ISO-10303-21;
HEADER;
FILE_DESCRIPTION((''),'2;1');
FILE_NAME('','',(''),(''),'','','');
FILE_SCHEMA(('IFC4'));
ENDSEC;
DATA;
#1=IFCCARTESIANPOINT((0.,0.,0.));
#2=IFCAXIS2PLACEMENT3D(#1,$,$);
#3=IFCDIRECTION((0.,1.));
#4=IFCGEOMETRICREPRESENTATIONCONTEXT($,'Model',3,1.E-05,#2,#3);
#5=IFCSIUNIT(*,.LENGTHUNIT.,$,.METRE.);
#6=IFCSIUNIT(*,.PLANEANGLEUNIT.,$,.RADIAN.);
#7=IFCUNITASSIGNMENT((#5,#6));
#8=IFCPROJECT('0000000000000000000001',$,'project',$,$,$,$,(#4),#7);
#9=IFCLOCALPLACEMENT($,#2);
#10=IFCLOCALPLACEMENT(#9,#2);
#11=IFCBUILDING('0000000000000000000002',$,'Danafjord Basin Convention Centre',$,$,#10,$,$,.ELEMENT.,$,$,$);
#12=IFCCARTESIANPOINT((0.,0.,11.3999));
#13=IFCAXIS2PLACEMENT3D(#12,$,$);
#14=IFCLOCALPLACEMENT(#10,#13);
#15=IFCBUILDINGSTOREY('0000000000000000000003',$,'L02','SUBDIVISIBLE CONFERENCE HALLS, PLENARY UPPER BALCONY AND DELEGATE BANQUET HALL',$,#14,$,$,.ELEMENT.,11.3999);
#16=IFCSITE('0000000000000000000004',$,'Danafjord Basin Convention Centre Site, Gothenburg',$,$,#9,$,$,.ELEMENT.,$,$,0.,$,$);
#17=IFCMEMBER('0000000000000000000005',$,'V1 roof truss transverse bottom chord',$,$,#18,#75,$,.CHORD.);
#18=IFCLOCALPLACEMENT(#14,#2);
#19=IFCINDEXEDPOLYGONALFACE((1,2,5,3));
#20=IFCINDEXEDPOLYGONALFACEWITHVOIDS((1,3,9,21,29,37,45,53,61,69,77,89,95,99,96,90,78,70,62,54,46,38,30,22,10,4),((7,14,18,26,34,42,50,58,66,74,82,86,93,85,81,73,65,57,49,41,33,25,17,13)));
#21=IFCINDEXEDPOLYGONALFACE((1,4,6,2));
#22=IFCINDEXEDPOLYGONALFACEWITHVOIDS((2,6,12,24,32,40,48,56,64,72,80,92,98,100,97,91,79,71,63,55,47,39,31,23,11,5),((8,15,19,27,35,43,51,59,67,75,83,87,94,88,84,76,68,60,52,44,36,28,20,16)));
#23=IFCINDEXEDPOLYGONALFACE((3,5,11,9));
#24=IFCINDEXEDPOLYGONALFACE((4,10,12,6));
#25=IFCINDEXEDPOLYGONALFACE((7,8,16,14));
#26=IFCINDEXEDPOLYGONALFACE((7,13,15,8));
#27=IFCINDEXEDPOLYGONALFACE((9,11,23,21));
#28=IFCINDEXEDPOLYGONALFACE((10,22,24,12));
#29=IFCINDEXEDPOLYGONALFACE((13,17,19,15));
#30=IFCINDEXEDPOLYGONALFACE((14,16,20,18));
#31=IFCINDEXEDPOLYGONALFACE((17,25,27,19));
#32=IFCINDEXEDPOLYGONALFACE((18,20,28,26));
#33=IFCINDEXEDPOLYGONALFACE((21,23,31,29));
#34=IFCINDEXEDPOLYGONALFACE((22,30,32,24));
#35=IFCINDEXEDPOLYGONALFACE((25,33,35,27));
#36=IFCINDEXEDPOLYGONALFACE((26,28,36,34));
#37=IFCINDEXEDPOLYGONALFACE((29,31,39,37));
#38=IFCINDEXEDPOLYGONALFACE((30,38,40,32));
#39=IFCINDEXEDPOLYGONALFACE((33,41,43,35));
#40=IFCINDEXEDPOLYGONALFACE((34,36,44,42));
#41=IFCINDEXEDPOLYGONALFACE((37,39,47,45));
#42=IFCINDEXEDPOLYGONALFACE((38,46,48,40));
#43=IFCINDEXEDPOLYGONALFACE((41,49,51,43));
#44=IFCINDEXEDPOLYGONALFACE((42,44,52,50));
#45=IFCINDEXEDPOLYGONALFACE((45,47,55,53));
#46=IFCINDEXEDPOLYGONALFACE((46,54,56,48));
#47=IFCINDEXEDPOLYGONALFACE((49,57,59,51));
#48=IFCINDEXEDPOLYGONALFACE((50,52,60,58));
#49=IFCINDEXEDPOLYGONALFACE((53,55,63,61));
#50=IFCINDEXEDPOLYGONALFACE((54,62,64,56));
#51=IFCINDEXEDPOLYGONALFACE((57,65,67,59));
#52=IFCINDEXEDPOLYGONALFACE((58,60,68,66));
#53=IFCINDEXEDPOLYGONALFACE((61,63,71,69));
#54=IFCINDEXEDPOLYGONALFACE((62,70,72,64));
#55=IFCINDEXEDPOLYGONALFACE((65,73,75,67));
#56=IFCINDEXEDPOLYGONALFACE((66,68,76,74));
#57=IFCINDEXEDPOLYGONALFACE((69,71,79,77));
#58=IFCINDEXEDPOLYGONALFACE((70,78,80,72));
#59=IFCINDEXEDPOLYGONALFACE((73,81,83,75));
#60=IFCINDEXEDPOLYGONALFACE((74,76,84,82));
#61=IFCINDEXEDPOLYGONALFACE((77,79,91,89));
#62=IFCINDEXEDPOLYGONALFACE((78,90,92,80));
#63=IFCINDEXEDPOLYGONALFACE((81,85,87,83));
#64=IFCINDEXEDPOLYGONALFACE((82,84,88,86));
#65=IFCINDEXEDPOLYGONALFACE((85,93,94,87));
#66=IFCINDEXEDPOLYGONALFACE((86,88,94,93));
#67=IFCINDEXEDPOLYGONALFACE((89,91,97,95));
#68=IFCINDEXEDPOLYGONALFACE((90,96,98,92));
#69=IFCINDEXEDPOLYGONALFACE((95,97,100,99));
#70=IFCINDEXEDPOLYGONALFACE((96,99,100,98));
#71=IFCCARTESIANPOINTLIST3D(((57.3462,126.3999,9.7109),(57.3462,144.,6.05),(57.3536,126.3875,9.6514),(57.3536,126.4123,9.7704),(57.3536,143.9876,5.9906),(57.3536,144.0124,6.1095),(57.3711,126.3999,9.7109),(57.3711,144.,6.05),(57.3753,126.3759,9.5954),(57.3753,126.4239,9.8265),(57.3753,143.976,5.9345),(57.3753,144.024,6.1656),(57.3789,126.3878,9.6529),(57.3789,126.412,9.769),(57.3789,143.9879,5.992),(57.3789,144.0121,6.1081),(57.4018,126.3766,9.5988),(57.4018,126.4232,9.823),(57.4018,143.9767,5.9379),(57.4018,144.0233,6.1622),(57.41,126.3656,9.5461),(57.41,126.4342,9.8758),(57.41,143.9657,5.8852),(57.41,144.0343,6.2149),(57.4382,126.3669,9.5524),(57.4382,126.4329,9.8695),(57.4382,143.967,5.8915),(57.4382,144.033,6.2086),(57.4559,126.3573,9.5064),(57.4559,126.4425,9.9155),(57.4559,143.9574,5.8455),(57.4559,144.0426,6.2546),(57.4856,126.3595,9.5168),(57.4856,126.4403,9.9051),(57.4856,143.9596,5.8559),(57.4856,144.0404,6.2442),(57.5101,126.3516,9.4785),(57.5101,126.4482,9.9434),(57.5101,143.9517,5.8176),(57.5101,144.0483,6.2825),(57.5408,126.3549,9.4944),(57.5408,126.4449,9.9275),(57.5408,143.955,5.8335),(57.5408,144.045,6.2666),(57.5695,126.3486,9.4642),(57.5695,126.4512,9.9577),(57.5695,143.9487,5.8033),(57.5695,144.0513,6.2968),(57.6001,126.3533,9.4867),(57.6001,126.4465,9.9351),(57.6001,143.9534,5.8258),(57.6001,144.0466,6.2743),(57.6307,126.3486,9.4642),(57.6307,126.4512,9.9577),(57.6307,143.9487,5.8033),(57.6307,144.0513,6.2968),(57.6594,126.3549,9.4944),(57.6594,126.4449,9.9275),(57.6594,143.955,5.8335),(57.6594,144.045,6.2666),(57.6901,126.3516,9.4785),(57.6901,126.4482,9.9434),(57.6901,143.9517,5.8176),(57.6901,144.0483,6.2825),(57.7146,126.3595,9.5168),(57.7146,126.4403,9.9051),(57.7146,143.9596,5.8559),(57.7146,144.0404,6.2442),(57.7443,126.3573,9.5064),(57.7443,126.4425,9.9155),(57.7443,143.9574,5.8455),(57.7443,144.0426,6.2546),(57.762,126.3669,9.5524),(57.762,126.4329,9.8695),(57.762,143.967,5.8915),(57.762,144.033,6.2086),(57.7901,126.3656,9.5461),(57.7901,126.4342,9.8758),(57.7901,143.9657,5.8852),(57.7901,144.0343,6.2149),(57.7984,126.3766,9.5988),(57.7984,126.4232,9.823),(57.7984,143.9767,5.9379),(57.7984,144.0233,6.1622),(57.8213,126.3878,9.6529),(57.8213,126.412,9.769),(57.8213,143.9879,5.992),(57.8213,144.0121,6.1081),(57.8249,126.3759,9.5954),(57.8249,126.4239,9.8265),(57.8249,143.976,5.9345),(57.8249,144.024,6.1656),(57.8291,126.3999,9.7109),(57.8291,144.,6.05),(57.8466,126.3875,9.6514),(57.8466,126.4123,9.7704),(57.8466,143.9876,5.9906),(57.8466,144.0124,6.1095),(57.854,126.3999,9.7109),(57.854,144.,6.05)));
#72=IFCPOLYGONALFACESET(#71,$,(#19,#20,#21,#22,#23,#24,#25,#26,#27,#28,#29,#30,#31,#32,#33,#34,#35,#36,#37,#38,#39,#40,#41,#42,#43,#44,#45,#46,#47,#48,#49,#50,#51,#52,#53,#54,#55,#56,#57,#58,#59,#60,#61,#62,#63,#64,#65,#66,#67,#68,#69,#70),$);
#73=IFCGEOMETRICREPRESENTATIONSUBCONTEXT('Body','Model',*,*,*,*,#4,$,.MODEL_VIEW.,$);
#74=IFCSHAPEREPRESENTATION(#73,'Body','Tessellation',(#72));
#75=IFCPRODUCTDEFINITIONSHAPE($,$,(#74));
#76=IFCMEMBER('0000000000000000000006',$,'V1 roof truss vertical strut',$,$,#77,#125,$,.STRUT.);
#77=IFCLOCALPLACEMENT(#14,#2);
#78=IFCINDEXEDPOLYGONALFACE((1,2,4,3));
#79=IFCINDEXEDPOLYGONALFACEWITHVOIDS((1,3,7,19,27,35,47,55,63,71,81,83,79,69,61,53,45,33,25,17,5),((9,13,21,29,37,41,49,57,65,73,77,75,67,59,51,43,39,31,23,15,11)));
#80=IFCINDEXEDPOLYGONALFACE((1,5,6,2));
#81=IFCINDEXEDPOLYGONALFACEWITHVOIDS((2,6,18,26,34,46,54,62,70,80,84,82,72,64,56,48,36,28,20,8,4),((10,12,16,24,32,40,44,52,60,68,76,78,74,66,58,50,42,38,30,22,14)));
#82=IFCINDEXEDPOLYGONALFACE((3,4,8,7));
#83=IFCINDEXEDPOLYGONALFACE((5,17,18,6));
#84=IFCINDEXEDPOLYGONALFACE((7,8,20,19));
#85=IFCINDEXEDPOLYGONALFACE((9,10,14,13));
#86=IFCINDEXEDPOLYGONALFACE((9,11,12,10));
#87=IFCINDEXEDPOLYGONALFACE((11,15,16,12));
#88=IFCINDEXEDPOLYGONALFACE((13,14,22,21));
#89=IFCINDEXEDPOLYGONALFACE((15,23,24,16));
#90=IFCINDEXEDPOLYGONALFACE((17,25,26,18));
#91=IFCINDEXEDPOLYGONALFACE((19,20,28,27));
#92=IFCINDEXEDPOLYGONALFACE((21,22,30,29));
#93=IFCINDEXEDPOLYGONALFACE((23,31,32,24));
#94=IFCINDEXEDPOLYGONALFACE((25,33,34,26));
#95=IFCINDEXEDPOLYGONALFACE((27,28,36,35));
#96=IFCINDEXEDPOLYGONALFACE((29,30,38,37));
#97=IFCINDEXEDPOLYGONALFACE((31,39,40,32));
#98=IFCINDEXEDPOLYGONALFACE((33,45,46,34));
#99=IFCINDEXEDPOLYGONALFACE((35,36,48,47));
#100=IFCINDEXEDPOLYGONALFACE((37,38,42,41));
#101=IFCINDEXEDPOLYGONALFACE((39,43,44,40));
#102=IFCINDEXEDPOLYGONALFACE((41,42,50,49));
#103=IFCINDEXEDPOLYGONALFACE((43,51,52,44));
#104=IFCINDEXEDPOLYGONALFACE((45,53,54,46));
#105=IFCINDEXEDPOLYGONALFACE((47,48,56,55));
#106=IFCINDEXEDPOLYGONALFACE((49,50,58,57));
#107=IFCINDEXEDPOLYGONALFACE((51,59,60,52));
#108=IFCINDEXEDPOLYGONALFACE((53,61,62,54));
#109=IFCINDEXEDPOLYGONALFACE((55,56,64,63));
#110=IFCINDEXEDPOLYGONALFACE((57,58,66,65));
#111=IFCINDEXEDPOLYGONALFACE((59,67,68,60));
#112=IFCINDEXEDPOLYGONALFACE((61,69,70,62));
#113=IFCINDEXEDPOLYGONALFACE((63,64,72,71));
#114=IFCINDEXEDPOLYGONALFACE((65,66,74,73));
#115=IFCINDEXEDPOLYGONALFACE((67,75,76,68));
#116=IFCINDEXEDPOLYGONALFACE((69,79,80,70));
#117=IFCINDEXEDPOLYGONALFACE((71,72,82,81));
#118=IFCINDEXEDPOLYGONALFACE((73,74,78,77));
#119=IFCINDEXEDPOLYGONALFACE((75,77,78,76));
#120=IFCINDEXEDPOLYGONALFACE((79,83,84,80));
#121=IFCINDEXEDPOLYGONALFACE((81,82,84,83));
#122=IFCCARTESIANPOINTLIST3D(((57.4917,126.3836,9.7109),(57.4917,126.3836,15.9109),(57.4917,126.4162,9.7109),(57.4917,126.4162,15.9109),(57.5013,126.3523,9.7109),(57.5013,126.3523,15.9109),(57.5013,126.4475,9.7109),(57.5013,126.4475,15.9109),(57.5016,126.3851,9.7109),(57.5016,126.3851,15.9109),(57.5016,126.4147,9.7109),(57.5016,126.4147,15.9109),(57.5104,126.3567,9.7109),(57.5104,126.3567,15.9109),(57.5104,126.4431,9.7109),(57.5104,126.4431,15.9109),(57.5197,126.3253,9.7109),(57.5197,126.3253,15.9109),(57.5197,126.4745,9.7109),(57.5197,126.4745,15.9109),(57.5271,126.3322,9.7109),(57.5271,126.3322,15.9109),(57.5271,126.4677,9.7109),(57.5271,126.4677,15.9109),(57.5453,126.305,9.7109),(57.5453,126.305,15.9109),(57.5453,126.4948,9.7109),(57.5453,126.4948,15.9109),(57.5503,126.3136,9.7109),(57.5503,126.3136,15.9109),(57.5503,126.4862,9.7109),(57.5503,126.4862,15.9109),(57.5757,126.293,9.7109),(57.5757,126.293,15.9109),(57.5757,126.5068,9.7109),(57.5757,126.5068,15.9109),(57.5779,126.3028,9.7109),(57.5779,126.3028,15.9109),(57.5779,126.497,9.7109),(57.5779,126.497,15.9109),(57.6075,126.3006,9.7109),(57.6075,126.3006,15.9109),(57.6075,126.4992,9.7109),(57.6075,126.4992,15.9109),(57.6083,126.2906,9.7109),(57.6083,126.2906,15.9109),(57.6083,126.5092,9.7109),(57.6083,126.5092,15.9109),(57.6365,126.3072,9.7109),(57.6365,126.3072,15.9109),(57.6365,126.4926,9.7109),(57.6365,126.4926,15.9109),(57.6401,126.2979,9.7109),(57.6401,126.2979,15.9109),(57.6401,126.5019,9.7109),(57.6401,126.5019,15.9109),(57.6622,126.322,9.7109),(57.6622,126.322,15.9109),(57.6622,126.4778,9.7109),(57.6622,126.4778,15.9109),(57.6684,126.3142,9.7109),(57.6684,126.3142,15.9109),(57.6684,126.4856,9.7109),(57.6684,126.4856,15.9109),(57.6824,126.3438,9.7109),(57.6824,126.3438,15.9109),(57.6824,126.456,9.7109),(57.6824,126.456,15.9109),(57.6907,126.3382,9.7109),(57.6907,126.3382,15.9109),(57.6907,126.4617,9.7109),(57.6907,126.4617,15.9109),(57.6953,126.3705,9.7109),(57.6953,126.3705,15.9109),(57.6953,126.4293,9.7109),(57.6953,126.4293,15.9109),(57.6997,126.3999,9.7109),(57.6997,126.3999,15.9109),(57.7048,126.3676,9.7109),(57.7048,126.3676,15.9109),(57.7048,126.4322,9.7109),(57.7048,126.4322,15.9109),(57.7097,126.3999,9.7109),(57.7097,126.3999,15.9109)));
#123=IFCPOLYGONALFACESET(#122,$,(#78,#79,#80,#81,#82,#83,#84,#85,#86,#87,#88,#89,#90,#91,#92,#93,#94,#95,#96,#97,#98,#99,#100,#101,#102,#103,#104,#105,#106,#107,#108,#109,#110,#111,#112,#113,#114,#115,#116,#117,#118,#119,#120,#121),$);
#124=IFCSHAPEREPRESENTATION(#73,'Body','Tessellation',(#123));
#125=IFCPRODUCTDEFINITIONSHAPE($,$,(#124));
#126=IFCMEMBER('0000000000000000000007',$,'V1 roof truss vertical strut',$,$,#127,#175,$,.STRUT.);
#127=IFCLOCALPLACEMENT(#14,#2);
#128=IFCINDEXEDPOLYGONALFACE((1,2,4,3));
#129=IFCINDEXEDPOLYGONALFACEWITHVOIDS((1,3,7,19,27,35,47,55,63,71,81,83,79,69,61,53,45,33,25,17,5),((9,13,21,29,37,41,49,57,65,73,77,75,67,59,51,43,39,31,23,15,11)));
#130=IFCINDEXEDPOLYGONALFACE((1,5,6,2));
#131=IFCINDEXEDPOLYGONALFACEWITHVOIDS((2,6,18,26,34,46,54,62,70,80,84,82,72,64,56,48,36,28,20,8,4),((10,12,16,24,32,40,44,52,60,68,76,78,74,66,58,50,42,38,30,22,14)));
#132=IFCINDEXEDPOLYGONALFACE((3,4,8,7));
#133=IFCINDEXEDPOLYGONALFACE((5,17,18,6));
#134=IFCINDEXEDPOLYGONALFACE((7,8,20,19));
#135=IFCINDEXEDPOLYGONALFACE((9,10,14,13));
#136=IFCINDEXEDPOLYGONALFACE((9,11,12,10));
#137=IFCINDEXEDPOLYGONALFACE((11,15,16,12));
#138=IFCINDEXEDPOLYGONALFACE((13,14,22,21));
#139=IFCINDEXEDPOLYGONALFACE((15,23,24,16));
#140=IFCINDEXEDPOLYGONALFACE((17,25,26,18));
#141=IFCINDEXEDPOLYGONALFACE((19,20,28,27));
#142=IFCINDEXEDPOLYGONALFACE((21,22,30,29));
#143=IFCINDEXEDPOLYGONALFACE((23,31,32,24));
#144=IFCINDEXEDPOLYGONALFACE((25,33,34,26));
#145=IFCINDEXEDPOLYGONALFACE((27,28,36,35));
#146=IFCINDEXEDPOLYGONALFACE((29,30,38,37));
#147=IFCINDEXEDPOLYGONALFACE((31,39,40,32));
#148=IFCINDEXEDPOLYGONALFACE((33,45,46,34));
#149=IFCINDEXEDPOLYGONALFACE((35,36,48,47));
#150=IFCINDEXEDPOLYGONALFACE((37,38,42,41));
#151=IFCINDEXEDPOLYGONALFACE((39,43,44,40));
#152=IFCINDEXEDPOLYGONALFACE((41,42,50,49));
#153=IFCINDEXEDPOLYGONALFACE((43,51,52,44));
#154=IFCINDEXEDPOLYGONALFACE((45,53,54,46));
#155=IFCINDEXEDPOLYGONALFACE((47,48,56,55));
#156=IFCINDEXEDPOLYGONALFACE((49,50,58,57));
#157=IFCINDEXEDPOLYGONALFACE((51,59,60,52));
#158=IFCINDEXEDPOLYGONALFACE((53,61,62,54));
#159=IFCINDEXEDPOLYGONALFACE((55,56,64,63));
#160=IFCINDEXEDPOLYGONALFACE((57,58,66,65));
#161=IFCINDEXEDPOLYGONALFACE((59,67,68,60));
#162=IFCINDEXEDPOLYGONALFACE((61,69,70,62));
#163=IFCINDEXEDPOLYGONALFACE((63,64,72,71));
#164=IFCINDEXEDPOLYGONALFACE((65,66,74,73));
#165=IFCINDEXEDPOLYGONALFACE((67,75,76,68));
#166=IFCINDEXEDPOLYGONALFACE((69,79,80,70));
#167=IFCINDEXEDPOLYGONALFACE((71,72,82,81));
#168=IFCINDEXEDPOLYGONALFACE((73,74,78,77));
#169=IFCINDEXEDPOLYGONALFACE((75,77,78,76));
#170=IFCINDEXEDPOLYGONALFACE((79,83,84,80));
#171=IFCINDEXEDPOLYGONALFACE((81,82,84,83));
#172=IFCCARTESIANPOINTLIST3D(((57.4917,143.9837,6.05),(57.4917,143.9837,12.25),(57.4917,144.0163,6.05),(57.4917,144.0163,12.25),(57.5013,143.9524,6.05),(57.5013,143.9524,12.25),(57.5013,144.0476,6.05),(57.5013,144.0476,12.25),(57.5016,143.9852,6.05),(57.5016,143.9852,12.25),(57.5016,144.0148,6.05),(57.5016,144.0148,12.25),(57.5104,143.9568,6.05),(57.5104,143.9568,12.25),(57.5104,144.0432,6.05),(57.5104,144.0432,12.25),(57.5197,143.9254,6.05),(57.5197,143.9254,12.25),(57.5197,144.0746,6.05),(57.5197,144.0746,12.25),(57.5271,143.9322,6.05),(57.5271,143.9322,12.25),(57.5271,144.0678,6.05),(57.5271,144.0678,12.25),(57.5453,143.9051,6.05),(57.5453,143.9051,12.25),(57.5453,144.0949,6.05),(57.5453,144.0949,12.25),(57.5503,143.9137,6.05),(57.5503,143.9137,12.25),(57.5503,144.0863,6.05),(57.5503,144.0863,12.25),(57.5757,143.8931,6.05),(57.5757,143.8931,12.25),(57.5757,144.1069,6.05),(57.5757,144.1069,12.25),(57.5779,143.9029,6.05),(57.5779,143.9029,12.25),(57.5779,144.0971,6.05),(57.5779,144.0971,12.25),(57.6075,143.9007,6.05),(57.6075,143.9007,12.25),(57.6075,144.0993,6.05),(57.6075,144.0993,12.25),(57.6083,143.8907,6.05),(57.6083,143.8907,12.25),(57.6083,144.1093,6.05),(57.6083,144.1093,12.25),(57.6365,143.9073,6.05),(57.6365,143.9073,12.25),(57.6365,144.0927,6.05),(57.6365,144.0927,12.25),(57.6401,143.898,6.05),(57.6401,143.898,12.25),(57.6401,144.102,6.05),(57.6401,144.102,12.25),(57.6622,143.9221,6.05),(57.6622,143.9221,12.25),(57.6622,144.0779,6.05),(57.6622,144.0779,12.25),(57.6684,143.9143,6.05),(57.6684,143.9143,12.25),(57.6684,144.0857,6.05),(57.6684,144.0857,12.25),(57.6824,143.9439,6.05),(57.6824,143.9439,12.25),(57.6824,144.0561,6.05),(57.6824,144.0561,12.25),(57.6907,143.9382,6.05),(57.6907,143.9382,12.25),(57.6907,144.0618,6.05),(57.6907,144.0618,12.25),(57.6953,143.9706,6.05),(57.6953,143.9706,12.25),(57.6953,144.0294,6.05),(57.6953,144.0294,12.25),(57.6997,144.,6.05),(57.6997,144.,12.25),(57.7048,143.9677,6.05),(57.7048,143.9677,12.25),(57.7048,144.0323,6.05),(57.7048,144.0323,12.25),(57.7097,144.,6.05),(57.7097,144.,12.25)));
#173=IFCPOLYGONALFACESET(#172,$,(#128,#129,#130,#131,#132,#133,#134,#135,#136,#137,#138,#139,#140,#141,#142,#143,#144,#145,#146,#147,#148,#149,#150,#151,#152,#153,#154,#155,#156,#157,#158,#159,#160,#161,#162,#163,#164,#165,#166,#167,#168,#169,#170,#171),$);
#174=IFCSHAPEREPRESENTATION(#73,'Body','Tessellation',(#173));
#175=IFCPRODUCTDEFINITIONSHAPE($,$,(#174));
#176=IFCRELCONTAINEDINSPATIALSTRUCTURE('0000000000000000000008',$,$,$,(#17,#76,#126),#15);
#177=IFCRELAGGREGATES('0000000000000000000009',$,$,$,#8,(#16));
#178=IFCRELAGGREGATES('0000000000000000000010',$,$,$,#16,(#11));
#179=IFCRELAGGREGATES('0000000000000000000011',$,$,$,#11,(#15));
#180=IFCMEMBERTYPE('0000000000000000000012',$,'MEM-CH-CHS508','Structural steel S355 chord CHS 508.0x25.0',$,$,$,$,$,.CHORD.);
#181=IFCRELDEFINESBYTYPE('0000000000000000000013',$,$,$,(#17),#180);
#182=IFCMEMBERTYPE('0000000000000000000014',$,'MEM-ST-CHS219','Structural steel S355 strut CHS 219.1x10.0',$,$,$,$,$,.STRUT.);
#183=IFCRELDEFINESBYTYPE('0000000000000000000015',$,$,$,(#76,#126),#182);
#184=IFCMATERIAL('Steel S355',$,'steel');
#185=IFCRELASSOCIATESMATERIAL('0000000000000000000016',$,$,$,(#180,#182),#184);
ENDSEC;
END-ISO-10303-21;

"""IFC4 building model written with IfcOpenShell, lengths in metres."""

from ifc_helpers import new_model, si_unit, direction, frame, origin, origin_2d, place, context, subcontext, project, spatial, hollow_circle, extrude, material, material_profile, profile_set, type_object, element, save


model = new_model("IFC4")

# Units and contexts
model_context = context("Model", 3, precision=1e-05, world=origin(), true_north=direction((0.0, 1.0)))
body_context = subcontext(model_context, "Body", "Model", "MODEL_VIEW")
ifc_project = project(units=[si_unit("LENGTHUNIT", "METRE"), si_unit("PLANEANGLEUNIT", "RADIAN")], contexts=[model_context])

# Site, building, storey
site_placement = place(None, origin())
site = spatial("IfcSite", under=ifc_project, at=site_placement, Name="Danafjord Basin Convention Centre Site, Gothenburg", CompositionType="ELEMENT", RefElevation=0.0)
building_placement = place(site_placement, origin())
building = spatial("IfcBuilding", under=site, at=building_placement, Name="Danafjord Basin Convention Centre", CompositionType="ELEMENT")
storey_placement = place(building_placement, frame((0.0, 0.0, 11.3999)))
storey = spatial("IfcBuildingStorey", under=building, at=storey_placement, Name="L02", Description="SUBDIVISIBLE CONFERENCE HALLS, PLENARY UPPER BALCONY AND DELEGATE BANQUET HALL", CompositionType="ELEMENT", Elevation=11.3999)

# Shared definitions
ifc_material_1 = material(Name="Steel S355", Category="steel")

# Members
ifc_material_profile_1 = material_profile(ifc_material_1, hollow_circle(Radius=0.2539, WallThickness=0.0249, at=origin_2d()), Name="CHS 508.0x25.0")
ifc_profile_set_1 = profile_set([ifc_material_profile_1], Name="Steel S355")
member_type_1 = type_object("IfcMemberType", Name="MEM-CH-CHS508", Description="Structural steel S355 chord CHS 508.0x25.0", PredefinedType="CHORD", material=ifc_profile_set_1)
member_1_placement = place(storey_placement, frame((57.6001, 126.3999, 9.7109), z_axis=(0.0, 0.979045, -0.203645), x_axis=(-1.0, 0.0, 0.0)))
element("IfcMember", 1, at=member_1_placement, inside=storey, type_object=member_type_1, Name="V1 roof truss transverse bottom chord", PredefinedType="CHORD", context=body_context, shape_type="SweptSolid", body=[
    extrude(hollow_circle(Radius=0.2539, WallThickness=0.0249, at=origin_2d()), origin(), (0.0, 0.0, 1.0), 17.9768),
])
ifc_material_profile_2 = material_profile(ifc_material_1, hollow_circle(Radius=0.1096, WallThickness=0.01, at=origin_2d()), Name="CHS 219.1x10.0")
ifc_profile_set_2 = profile_set([ifc_material_profile_2], Name="Steel S355")
member_type_2 = type_object("IfcMemberType", Name="MEM-ST-CHS219", Description="Structural steel S355 strut CHS 219.1x10.0", PredefinedType="STRUT", material=ifc_profile_set_2)
for number, where, z_axis, x_axis, name in (
    (2, (57.6001, 126.3999, 9.7109), (0.0, 0.0, 1.0), (1.0, 0.0, 0.0), "V1 roof truss vertical strut"),
    (3, (57.6001, 144.0, 6.05), (0.0, 0.0, 1.0), (1.0, 0.0, 0.0), "V1 roof truss vertical strut"),
):
    element("IfcMember", number, at=place(storey_placement, frame(where, z_axis=z_axis, x_axis=x_axis)), inside=storey, type_object=member_type_2, Name=name, PredefinedType="STRUT", context=body_context, shape_type="SweptSolid", body=[
        extrude(hollow_circle(Radius=0.1096, WallThickness=0.01, at=origin_2d()), origin(), (0.0, 0.0, 1.0), 6.2),
    ])

save(model, "model.ifc")
